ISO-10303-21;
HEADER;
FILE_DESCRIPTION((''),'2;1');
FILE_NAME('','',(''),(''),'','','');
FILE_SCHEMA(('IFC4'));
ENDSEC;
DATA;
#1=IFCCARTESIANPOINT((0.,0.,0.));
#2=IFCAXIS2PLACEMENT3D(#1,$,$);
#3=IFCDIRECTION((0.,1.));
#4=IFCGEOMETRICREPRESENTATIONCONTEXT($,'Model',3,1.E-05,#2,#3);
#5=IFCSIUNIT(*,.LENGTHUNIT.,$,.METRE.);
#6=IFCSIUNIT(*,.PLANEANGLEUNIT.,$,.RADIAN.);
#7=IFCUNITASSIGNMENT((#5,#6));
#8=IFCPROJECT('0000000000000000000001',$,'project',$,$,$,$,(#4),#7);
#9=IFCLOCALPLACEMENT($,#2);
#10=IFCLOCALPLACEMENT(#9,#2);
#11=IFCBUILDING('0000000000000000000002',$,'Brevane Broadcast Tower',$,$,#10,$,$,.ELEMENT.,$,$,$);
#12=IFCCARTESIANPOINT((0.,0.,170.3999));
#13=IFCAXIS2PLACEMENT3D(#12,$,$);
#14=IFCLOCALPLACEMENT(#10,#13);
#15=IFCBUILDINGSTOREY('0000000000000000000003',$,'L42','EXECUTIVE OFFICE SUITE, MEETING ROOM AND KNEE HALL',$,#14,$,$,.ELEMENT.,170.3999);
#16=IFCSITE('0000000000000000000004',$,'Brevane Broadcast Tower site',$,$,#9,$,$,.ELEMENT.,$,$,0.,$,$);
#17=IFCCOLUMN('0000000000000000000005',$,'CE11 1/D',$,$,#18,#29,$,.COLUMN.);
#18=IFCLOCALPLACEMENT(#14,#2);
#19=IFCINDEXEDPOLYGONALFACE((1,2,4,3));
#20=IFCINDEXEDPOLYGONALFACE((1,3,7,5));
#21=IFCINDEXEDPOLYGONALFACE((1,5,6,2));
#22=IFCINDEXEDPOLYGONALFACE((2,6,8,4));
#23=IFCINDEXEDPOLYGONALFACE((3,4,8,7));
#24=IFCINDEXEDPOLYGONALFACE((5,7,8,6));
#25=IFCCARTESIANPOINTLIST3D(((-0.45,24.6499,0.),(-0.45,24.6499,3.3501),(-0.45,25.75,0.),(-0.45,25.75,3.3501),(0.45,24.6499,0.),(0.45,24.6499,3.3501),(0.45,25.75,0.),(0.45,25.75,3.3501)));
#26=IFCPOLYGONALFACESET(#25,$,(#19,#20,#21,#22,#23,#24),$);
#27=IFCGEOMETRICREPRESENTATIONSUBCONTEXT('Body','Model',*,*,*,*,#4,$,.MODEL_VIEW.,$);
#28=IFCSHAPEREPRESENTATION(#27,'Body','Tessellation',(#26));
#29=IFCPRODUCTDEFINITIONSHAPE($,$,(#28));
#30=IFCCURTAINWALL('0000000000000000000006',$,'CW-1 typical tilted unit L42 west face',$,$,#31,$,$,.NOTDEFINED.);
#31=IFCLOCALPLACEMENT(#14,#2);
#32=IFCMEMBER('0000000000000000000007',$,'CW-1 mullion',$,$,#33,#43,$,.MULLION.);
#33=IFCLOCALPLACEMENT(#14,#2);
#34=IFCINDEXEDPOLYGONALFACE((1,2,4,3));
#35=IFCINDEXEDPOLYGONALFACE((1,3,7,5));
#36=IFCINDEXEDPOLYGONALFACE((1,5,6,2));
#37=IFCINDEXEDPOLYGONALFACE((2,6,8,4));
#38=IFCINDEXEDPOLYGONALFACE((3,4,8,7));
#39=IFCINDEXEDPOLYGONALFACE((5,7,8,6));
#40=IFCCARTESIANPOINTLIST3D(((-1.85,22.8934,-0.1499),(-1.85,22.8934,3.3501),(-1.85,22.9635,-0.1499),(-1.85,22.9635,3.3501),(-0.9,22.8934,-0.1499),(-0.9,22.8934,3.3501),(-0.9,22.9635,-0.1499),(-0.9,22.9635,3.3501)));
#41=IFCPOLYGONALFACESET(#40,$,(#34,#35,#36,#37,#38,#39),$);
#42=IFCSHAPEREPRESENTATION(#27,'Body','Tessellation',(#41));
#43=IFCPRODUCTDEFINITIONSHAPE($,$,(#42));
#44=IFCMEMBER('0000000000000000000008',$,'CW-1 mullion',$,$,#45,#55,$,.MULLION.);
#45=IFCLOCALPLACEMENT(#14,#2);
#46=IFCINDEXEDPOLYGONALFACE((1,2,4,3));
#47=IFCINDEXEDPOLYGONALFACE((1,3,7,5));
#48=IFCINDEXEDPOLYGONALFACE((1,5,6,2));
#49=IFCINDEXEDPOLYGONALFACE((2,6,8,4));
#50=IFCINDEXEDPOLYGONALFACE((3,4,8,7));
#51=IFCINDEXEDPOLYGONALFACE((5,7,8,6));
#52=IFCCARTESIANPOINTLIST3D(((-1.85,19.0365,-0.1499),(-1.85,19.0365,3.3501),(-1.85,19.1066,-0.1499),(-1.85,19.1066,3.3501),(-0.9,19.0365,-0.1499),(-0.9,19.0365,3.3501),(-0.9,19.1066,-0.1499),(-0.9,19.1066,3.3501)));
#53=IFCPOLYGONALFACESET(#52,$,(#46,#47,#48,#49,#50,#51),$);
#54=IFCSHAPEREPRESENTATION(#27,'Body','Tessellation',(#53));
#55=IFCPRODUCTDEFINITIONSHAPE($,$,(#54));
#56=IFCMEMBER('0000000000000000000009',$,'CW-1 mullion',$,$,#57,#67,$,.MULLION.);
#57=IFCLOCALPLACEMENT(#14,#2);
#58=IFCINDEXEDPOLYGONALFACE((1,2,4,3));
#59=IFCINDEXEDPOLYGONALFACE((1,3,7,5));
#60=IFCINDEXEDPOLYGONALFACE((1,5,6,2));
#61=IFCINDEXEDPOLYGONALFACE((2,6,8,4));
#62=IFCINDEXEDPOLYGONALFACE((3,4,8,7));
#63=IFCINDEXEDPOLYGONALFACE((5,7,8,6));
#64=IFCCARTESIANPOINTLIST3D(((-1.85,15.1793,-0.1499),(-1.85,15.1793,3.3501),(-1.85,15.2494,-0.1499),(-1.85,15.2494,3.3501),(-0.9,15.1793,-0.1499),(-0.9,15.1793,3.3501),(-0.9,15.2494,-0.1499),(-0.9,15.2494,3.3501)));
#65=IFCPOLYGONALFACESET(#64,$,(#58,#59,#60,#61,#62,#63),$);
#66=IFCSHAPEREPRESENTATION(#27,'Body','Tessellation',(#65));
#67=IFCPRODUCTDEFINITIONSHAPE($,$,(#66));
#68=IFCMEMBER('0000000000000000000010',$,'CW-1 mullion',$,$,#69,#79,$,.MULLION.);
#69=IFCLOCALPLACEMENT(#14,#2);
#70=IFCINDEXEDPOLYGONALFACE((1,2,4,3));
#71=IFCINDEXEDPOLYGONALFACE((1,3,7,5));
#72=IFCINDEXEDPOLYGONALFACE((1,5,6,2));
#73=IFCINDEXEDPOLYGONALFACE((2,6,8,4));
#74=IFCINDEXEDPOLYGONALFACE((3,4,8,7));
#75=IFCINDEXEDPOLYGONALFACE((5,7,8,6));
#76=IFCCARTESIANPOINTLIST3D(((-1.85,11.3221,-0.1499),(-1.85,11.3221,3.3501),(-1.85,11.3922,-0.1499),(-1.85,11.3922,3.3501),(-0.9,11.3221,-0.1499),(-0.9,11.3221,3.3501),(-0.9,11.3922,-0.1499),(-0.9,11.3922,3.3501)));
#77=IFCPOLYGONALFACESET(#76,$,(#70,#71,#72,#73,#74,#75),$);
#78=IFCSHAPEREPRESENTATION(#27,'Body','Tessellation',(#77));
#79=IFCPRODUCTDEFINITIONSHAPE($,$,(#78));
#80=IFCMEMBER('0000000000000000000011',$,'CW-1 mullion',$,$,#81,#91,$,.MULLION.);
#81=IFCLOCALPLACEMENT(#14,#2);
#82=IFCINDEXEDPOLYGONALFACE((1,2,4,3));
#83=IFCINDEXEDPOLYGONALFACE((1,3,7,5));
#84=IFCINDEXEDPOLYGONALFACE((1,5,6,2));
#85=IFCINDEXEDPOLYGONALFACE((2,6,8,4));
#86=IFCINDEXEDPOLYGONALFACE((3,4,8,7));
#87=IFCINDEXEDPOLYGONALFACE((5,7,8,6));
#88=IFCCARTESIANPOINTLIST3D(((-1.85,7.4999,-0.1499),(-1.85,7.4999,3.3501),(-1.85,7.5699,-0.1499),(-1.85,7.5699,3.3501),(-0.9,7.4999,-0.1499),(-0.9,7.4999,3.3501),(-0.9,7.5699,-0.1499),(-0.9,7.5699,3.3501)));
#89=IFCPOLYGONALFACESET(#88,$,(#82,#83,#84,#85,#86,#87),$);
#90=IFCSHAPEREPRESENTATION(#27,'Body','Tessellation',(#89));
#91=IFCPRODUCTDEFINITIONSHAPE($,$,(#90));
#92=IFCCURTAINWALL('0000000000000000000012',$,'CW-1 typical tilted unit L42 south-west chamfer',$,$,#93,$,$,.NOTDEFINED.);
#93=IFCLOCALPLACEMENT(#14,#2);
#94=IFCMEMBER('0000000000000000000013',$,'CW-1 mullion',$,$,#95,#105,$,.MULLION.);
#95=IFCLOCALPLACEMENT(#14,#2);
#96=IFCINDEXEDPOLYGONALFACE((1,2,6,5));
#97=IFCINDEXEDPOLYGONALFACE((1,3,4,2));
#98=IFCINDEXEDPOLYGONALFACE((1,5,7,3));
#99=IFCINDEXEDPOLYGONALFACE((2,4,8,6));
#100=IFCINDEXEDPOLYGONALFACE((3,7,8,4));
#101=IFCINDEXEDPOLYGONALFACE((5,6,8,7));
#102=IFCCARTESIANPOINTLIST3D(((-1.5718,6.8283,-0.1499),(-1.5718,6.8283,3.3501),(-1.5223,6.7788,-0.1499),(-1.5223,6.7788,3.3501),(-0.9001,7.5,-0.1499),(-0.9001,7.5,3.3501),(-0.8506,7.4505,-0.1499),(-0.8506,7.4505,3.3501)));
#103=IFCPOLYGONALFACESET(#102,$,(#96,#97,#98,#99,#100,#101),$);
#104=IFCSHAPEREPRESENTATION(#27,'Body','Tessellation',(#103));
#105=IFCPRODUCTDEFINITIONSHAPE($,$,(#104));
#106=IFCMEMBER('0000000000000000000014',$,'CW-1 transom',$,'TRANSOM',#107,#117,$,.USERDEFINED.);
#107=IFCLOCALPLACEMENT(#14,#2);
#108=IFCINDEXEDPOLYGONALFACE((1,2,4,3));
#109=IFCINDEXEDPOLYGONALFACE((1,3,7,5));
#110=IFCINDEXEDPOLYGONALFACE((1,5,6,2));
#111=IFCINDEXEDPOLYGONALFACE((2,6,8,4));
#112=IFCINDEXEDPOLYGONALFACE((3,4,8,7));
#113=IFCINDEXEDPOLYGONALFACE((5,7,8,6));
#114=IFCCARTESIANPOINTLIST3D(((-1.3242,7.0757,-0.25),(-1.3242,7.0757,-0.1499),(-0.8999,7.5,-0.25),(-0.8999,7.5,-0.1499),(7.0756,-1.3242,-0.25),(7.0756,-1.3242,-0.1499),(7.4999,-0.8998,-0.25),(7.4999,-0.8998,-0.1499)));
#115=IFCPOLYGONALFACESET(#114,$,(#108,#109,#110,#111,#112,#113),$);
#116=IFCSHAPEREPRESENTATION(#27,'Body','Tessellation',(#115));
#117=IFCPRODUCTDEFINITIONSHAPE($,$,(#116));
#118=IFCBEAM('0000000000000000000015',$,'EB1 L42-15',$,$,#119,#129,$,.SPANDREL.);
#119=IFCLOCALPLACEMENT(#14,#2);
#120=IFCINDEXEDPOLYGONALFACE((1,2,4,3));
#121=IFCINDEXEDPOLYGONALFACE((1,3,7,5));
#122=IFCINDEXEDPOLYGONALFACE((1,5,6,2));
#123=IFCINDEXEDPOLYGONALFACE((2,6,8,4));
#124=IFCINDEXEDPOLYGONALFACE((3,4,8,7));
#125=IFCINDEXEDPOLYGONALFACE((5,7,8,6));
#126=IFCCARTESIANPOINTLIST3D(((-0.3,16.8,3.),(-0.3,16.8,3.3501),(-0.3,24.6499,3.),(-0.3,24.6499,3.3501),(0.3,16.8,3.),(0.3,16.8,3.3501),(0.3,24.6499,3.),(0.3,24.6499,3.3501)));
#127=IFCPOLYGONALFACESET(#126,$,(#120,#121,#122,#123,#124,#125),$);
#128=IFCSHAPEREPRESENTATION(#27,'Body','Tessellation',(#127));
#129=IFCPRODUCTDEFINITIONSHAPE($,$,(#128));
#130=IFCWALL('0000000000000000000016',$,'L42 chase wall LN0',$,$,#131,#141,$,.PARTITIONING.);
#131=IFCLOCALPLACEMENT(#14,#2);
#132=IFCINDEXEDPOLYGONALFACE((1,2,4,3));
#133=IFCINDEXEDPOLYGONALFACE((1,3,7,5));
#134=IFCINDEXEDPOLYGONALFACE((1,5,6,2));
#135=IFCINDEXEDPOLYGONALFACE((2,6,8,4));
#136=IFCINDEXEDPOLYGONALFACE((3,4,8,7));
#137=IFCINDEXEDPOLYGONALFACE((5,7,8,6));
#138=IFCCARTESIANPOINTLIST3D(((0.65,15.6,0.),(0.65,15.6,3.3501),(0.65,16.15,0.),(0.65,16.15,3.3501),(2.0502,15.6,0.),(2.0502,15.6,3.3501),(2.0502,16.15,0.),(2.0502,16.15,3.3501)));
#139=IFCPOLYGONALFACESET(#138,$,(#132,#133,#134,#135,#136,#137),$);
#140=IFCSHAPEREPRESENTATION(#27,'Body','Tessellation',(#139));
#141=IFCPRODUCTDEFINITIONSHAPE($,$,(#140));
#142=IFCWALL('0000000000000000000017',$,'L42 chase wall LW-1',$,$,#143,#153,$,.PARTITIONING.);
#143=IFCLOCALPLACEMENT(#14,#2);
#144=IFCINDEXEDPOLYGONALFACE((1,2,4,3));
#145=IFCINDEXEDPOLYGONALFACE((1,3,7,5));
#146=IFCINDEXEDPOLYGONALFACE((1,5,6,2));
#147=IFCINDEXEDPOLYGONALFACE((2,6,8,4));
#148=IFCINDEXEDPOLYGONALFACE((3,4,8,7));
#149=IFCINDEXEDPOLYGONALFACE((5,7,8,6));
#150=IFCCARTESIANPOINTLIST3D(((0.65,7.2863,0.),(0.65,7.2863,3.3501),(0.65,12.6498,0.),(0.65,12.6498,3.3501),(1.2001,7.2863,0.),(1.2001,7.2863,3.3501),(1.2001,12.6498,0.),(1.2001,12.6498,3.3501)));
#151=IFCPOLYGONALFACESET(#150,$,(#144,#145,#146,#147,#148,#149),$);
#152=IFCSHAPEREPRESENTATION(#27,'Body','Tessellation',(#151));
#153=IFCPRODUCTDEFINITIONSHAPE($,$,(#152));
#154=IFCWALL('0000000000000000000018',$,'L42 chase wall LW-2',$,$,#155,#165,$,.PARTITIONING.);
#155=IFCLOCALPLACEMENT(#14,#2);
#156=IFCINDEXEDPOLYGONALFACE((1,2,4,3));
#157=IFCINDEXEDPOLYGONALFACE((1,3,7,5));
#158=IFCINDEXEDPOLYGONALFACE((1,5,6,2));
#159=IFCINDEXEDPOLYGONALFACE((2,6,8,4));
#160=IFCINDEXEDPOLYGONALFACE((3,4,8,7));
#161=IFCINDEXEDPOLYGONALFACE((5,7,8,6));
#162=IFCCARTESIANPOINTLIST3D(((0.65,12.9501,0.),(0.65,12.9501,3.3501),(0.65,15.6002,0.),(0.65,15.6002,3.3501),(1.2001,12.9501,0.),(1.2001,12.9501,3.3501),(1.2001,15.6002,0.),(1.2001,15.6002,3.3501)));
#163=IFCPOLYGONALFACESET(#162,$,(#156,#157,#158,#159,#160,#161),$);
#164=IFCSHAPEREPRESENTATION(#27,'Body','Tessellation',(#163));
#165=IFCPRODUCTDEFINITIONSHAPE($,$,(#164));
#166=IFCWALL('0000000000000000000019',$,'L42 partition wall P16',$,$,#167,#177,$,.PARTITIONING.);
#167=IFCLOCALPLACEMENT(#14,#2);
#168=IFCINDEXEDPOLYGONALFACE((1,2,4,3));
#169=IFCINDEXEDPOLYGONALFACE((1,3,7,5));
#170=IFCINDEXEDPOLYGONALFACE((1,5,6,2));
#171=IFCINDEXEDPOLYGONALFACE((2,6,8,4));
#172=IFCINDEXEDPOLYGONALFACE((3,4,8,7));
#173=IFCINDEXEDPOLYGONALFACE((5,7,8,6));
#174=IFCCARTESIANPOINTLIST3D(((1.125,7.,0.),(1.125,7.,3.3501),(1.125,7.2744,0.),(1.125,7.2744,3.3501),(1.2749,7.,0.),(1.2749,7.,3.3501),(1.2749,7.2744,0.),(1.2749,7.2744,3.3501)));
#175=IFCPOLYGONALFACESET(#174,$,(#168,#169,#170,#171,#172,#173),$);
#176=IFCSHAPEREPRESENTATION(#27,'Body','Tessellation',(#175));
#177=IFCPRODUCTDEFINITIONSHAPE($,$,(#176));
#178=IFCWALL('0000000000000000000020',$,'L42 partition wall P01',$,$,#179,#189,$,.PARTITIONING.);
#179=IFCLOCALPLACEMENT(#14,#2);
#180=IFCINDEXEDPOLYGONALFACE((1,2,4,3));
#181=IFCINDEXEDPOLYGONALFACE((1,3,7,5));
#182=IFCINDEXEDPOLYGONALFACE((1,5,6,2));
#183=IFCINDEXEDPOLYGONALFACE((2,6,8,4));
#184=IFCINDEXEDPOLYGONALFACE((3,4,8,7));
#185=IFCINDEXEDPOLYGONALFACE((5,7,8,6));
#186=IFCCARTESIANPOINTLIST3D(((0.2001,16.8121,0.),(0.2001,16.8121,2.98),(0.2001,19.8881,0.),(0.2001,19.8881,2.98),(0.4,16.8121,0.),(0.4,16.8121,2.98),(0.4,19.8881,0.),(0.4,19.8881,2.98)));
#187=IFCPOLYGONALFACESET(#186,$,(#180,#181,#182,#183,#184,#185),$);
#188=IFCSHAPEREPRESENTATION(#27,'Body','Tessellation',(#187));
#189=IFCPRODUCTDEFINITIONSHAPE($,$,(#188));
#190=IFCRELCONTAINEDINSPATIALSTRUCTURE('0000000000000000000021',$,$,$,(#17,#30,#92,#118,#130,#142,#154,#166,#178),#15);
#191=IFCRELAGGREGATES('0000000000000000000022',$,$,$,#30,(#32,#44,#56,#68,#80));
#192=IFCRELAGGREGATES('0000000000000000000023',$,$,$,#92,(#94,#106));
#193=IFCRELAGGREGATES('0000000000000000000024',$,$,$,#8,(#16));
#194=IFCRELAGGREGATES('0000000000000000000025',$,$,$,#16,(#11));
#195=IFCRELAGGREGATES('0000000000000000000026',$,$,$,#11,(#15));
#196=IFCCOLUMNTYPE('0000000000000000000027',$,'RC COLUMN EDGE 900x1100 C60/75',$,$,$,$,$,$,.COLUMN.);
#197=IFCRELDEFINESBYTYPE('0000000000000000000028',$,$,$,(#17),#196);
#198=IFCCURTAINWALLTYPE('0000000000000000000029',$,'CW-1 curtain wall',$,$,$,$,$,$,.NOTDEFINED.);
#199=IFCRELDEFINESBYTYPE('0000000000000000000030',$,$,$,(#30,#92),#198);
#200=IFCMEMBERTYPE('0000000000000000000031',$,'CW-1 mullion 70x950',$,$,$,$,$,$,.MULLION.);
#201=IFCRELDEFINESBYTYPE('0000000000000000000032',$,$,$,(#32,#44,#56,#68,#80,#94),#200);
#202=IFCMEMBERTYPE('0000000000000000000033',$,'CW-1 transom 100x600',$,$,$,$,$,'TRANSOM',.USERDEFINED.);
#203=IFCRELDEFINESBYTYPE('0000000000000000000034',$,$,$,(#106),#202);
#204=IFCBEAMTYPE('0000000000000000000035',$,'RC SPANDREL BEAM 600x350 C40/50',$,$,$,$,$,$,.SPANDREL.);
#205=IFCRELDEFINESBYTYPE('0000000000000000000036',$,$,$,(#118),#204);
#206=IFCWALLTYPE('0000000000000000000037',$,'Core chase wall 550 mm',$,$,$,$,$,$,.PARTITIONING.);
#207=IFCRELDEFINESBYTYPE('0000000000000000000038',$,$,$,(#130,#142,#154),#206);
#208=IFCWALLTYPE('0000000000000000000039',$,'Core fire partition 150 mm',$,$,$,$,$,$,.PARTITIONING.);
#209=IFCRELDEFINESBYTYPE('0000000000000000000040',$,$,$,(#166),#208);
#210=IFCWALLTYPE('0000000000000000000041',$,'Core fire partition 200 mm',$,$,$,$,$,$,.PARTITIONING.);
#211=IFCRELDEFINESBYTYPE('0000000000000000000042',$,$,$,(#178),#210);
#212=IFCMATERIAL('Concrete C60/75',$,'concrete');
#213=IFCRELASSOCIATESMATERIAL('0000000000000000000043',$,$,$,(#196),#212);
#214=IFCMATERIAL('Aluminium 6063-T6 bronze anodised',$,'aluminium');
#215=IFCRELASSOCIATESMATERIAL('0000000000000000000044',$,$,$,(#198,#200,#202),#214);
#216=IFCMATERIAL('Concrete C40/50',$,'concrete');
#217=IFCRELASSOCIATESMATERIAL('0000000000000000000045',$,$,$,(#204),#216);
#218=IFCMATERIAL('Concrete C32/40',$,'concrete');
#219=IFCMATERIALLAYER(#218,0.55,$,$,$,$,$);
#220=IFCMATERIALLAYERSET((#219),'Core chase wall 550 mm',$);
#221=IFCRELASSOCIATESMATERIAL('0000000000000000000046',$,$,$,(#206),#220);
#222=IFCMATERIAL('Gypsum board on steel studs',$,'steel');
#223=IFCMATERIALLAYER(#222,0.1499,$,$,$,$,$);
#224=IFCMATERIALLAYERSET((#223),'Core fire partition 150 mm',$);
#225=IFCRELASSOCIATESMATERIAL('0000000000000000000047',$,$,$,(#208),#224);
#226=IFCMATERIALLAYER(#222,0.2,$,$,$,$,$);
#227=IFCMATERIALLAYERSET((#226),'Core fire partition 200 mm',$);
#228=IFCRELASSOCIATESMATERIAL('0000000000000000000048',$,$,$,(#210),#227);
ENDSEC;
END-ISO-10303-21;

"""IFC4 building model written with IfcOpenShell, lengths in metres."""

from ifc_helpers import new_model, si_unit, direction, frame, frame_2d, origin, origin_2d, place, context, subcontext, project, spatial, rectangle, extrude, material, layer, layer_set, material_profile, profile_set, type_object, element, aggregate, save


model = new_model("IFC4")

# Units and contexts
model_context = context("Model", 3, precision=1e-05, world=origin(), true_north=direction((0.0, 1.0)))
body_context = subcontext(model_context, "Body", "Model", "MODEL_VIEW")
ifc_project = project(units=[si_unit("LENGTHUNIT", "METRE"), si_unit("PLANEANGLEUNIT", "RADIAN")], contexts=[model_context])

# Site, building, storey
site_placement = place(None, origin())
site = spatial("IfcSite", under=ifc_project, at=site_placement, Name="Brevane Broadcast Tower site", CompositionType="ELEMENT", RefElevation=0.0)
building_placement = place(site_placement, origin())
building = spatial("IfcBuilding", under=site, at=building_placement, Name="Brevane Broadcast Tower", CompositionType="ELEMENT")
storey_placement = place(building_placement, frame((0.0, 0.0, 170.3999)))
storey = spatial("IfcBuildingStorey", under=building, at=storey_placement, Name="L42", Description="EXECUTIVE OFFICE SUITE, MEETING ROOM AND KNEE HALL", CompositionType="ELEMENT", Elevation=170.3999)

# Column
ifc_material_1 = material(Name="Concrete C60/75", Category="concrete")
ifc_material_profile_1 = material_profile(ifc_material_1, rectangle(XDim=0.8999, YDim=1.1001, at=origin_2d()), Name="RC 900x1100")
ifc_profile_set_1 = profile_set([ifc_material_profile_1], Name="Concrete C60/75")
column_type = type_object("IfcColumnType", Name="RC COLUMN EDGE 900x1100 C60/75", PredefinedType="COLUMN", material=ifc_profile_set_1)
column_placement = place(storey_placement, frame((0.0, 25.2, 0.0), z_axis=(0.0, 0.0, 1.0), x_axis=(1.0, 0.0, 0.0)))
element("IfcColumn", 1, at=column_placement, inside=storey, type_object=column_type, Name="CE11 1/D", PredefinedType="COLUMN", context=body_context, shape_type="SweptSolid", body=[
    extrude(rectangle(XDim=0.8999, YDim=1.1001, at=origin_2d()), origin(), (0.0, 0.0, 1.0), 3.3501),
])

# Curtain walls, members
ifc_material_2 = material(Name="Aluminium 6063-T6 bronze anodised", Category="aluminium")
curtain_wall_type = type_object("IfcCurtainWallType", Name="CW-1 curtain wall", PredefinedType="NOTDEFINED", material=ifc_material_2)
curtain_wall_1_placement = place(storey_placement, origin())
curtain_wall_1 = element("IfcCurtainWall", 2, at=curtain_wall_1_placement, inside=storey, type_object=curtain_wall_type, Name="CW-1 typical tilted unit L42 west face", PredefinedType="NOTDEFINED")
ifc_material_profile_2 = material_profile(ifc_material_2, rectangle(XDim=0.95, YDim=0.0701, at=origin_2d()), Name="RECT 70x950")
ifc_profile_set_2 = profile_set([ifc_material_profile_2], Name="Aluminium 6063-T6 bronze anodised")
member_type_1 = type_object("IfcMemberType", Name="CW-1 mullion 70x950", PredefinedType="MULLION", material=ifc_profile_set_2)
member_1_placement = place(storey_placement, frame((-1.375, 22.9285, -0.1499), z_axis=(0.0, 0.0, 1.0), x_axis=(1.0, 0.0, 0.0)))
member_1 = element("IfcMember", 3, at=member_1_placement, type_object=member_type_1, Name="CW-1 mullion", PredefinedType="MULLION", context=body_context, shape_type="SweptSolid", body=[
    extrude(rectangle(XDim=0.95, YDim=0.0701, at=origin_2d()), origin(), (0.0, 0.0, 1.0), 3.5),
])
member_2_placement = place(storey_placement, frame((-1.375, 19.0715, -0.1499), z_axis=(0.0, 0.0, 1.0), x_axis=(1.0, 0.0, 0.0)))
member_2 = element("IfcMember", 4, at=member_2_placement, type_object=member_type_1, Name="CW-1 mullion", PredefinedType="MULLION", context=body_context, shape_type="SweptSolid", body=[
    extrude(rectangle(XDim=0.95, YDim=0.0701, at=origin_2d()), origin(), (0.0, 0.0, 1.0), 3.5),
])
member_3_placement = place(storey_placement, frame((-1.375, 15.2144, -0.1499), z_axis=(0.0, 0.0, 1.0), x_axis=(1.0, 0.0, 0.0)))
member_3 = element("IfcMember", 5, at=member_3_placement, type_object=member_type_1, Name="CW-1 mullion", PredefinedType="MULLION", context=body_context, shape_type="SweptSolid", body=[
    extrude(rectangle(XDim=0.95, YDim=0.0701, at=origin_2d()), origin(), (0.0, 0.0, 1.0), 3.5),
])
member_4_placement = place(storey_placement, frame((-1.375, 11.3572, -0.1499), z_axis=(0.0, 0.0, 1.0), x_axis=(1.0, 0.0, 0.0)))
member_4 = element("IfcMember", 6, at=member_4_placement, type_object=member_type_1, Name="CW-1 mullion", PredefinedType="MULLION", context=body_context, shape_type="SweptSolid", body=[
    extrude(rectangle(XDim=0.95, YDim=0.0701, at=origin_2d()), origin(), (0.0, 0.0, 1.0), 3.5),
])
member_5_placement = place(storey_placement, frame((-1.375, 7.5349, -0.1499), z_axis=(0.0, 0.0, 1.0), x_axis=(1.0, 0.0, 0.0)))
member_5 = element("IfcMember", 7, at=member_5_placement, type_object=member_type_1, Name="CW-1 mullion", PredefinedType="MULLION", context=body_context, shape_type="SweptSolid", body=[
    extrude(rectangle(XDim=0.95, YDim=0.0701, at=origin_2d()), origin(), (0.0, 0.0, 1.0), 3.5),
])
aggregate(curtain_wall_1, [member_1, member_2, member_3, member_4, member_5])
curtain_wall_2_placement = place(storey_placement, origin())
curtain_wall_2 = element("IfcCurtainWall", 8, at=curtain_wall_2_placement, inside=storey, type_object=curtain_wall_type, Name="CW-1 typical tilted unit L42 south-west chamfer", PredefinedType="NOTDEFINED")
member_6_placement = place(storey_placement, frame((-1.2112, 7.1394, -0.1499), z_axis=(0.0, 0.0, 1.0), x_axis=(0.707107, 0.707107, 0.0)))
member_6 = element("IfcMember", 9, at=member_6_placement, type_object=member_type_1, Name="CW-1 mullion", PredefinedType="MULLION", context=body_context, shape_type="SweptSolid", body=[
    extrude(rectangle(XDim=0.95, YDim=0.0701, at=origin_2d()), origin(), (0.0, 0.0, 1.0), 3.5),
])
ifc_material_profile_3 = material_profile(ifc_material_2, rectangle(XDim=0.6001, YDim=0.1001, at=origin_2d()), Name="RECT 100x600")
ifc_profile_set_3 = profile_set([ifc_material_profile_3], Name="Aluminium 6063-T6 bronze anodised")
member_type_2 = type_object("IfcMemberType", Name="CW-1 transom 100x600", ElementType="TRANSOM", PredefinedType="USERDEFINED", material=ifc_profile_set_3)
member_7_placement = place(storey_placement, frame((-1.1121, 7.2878, -0.2), z_axis=(0.707107, -0.707107, 0.0), x_axis=(0.707107, 0.707107, 0.0)))
member_7 = element("IfcMember", 10, at=member_7_placement, type_object=member_type_2, Name="CW-1 transom", ObjectType="TRANSOM", PredefinedType="USERDEFINED", context=body_context, shape_type="SweptSolid", body=[
    extrude(rectangle(XDim=0.6001, YDim=0.1001, at=origin_2d()), origin(), (0.0, 0.0, 1.0), 11.8792),
])
aggregate(curtain_wall_2, [member_6, member_7])

# Beam
ifc_material_3 = material(Name="Concrete C40/50", Category="concrete")
ifc_material_profile_4 = material_profile(ifc_material_3, rectangle(XDim=0.6001, YDim=0.3501, at=origin_2d()), Name="RC 600x350")
ifc_profile_set_4 = profile_set([ifc_material_profile_4], Name="Concrete C40/50")
beam_type = type_object("IfcBeamType", Name="RC SPANDREL BEAM 600x350 C40/50", PredefinedType="SPANDREL", material=ifc_profile_set_4)
beam_placement = place(storey_placement, frame((0.0, 24.6499, 3.175), z_axis=(0.0, -1.0, 0.0), x_axis=(1.0, 0.0, 0.0)))
element("IfcBeam", 11, at=beam_placement, inside=storey, type_object=beam_type, Name="EB1 L42-15", PredefinedType="SPANDREL", context=body_context, shape_type="SweptSolid", body=[
    extrude(rectangle(XDim=0.6001, YDim=0.3501, at=origin_2d()), origin(), (0.0, 0.0, 1.0), 7.8499),
])

# Walls
ifc_material_4 = material(Name="Concrete C32/40", Category="concrete")
ifc_layer_1 = layer(ifc_material_4, 0.55)
ifc_layer_set_1 = layer_set([ifc_layer_1], Name="Core chase wall 550 mm")
wall_type_1 = type_object("IfcWallType", Name="Core chase wall 550 mm", PredefinedType="PARTITIONING", material=ifc_layer_set_1)
wall_1_placement = place(storey_placement, frame((0.6499, 15.875, 0.0), z_axis=(0.0, 0.0, 1.0), x_axis=(1.0, 0.0, 0.0)))
element("IfcWall", 12, at=wall_1_placement, inside=storey, type_object=wall_type_1, Name="L42 chase wall LN0", PredefinedType="PARTITIONING", context=body_context, shape_type="SweptSolid", body=[
    extrude(rectangle(XDim=1.4001, YDim=0.55, at=frame_2d((0.7002, 0.0))), origin(), (0.0, 0.0, 1.0), 3.3501),
])
wall_2_placement = place(storey_placement, frame((0.925, 7.2864, 0.0), z_axis=(0.0, 0.0, 1.0), x_axis=(0.0, 1.0, 0.0)))
element("IfcWall", 13, at=wall_2_placement, inside=storey, type_object=wall_type_1, Name="L42 chase wall LW-1", PredefinedType="PARTITIONING", context=body_context, shape_type="SweptSolid", body=[
    extrude(rectangle(XDim=5.3635, YDim=0.55, at=frame_2d((2.6816, 0.0))), origin(), (0.0, 0.0, 1.0), 3.3501),
])
wall_3_placement = place(storey_placement, frame((0.925, 12.95, 0.0), z_axis=(0.0, 0.0, 1.0), x_axis=(0.0, 1.0, 0.0)))
element("IfcWall", 14, at=wall_3_placement, inside=storey, type_object=wall_type_1, Name="L42 chase wall LW-2", PredefinedType="PARTITIONING", context=body_context, shape_type="SweptSolid", body=[
    extrude(rectangle(XDim=2.6501, YDim=0.55, at=frame_2d((1.3252, 0.0))), origin(), (0.0, 0.0, 1.0), 3.3501),
])
ifc_material_5 = material(Name="Gypsum board on steel studs", Category="steel")
ifc_layer_2 = layer(ifc_material_5, 0.1499)
ifc_layer_set_2 = layer_set([ifc_layer_2], Name="Core fire partition 150 mm")
wall_type_2 = type_object("IfcWallType", Name="Core fire partition 150 mm", PredefinedType="PARTITIONING", material=ifc_layer_set_2)
wall_4_placement = place(storey_placement, frame((1.2, 7.2744, 0.0), z_axis=(0.0, 0.0, 1.0), x_axis=(0.0, -1.0, 0.0)))
element("IfcWall", 15, at=wall_4_placement, inside=storey, type_object=wall_type_2, Name="L42 partition wall P16", PredefinedType="PARTITIONING", context=body_context, shape_type="SweptSolid", body=[
    extrude(rectangle(XDim=0.2744, YDim=0.1499, at=frame_2d((0.1372, 0.0))), origin(), (0.0, 0.0, 1.0), 3.3501),
])
ifc_layer_3 = layer(ifc_material_5, 0.2)
ifc_layer_set_3 = layer_set([ifc_layer_3], Name="Core fire partition 200 mm")
wall_type_3 = type_object("IfcWallType", Name="Core fire partition 200 mm", PredefinedType="PARTITIONING", material=ifc_layer_set_3)
wall_5_placement = place(storey_placement, frame((0.3, 16.812, 0.0), z_axis=(0.0, 0.0, 1.0), x_axis=(0.0, 1.0, 0.0)))
element("IfcWall", 16, at=wall_5_placement, inside=storey, type_object=wall_type_3, Name="L42 partition wall P01", PredefinedType="PARTITIONING", context=body_context, shape_type="SweptSolid", body=[
    extrude(rectangle(XDim=3.0759, YDim=0.2, at=frame_2d((1.5381, 0.0))), origin(), (0.0, 0.0, 1.0), 2.98),
])

save(model, "model.ifc")
